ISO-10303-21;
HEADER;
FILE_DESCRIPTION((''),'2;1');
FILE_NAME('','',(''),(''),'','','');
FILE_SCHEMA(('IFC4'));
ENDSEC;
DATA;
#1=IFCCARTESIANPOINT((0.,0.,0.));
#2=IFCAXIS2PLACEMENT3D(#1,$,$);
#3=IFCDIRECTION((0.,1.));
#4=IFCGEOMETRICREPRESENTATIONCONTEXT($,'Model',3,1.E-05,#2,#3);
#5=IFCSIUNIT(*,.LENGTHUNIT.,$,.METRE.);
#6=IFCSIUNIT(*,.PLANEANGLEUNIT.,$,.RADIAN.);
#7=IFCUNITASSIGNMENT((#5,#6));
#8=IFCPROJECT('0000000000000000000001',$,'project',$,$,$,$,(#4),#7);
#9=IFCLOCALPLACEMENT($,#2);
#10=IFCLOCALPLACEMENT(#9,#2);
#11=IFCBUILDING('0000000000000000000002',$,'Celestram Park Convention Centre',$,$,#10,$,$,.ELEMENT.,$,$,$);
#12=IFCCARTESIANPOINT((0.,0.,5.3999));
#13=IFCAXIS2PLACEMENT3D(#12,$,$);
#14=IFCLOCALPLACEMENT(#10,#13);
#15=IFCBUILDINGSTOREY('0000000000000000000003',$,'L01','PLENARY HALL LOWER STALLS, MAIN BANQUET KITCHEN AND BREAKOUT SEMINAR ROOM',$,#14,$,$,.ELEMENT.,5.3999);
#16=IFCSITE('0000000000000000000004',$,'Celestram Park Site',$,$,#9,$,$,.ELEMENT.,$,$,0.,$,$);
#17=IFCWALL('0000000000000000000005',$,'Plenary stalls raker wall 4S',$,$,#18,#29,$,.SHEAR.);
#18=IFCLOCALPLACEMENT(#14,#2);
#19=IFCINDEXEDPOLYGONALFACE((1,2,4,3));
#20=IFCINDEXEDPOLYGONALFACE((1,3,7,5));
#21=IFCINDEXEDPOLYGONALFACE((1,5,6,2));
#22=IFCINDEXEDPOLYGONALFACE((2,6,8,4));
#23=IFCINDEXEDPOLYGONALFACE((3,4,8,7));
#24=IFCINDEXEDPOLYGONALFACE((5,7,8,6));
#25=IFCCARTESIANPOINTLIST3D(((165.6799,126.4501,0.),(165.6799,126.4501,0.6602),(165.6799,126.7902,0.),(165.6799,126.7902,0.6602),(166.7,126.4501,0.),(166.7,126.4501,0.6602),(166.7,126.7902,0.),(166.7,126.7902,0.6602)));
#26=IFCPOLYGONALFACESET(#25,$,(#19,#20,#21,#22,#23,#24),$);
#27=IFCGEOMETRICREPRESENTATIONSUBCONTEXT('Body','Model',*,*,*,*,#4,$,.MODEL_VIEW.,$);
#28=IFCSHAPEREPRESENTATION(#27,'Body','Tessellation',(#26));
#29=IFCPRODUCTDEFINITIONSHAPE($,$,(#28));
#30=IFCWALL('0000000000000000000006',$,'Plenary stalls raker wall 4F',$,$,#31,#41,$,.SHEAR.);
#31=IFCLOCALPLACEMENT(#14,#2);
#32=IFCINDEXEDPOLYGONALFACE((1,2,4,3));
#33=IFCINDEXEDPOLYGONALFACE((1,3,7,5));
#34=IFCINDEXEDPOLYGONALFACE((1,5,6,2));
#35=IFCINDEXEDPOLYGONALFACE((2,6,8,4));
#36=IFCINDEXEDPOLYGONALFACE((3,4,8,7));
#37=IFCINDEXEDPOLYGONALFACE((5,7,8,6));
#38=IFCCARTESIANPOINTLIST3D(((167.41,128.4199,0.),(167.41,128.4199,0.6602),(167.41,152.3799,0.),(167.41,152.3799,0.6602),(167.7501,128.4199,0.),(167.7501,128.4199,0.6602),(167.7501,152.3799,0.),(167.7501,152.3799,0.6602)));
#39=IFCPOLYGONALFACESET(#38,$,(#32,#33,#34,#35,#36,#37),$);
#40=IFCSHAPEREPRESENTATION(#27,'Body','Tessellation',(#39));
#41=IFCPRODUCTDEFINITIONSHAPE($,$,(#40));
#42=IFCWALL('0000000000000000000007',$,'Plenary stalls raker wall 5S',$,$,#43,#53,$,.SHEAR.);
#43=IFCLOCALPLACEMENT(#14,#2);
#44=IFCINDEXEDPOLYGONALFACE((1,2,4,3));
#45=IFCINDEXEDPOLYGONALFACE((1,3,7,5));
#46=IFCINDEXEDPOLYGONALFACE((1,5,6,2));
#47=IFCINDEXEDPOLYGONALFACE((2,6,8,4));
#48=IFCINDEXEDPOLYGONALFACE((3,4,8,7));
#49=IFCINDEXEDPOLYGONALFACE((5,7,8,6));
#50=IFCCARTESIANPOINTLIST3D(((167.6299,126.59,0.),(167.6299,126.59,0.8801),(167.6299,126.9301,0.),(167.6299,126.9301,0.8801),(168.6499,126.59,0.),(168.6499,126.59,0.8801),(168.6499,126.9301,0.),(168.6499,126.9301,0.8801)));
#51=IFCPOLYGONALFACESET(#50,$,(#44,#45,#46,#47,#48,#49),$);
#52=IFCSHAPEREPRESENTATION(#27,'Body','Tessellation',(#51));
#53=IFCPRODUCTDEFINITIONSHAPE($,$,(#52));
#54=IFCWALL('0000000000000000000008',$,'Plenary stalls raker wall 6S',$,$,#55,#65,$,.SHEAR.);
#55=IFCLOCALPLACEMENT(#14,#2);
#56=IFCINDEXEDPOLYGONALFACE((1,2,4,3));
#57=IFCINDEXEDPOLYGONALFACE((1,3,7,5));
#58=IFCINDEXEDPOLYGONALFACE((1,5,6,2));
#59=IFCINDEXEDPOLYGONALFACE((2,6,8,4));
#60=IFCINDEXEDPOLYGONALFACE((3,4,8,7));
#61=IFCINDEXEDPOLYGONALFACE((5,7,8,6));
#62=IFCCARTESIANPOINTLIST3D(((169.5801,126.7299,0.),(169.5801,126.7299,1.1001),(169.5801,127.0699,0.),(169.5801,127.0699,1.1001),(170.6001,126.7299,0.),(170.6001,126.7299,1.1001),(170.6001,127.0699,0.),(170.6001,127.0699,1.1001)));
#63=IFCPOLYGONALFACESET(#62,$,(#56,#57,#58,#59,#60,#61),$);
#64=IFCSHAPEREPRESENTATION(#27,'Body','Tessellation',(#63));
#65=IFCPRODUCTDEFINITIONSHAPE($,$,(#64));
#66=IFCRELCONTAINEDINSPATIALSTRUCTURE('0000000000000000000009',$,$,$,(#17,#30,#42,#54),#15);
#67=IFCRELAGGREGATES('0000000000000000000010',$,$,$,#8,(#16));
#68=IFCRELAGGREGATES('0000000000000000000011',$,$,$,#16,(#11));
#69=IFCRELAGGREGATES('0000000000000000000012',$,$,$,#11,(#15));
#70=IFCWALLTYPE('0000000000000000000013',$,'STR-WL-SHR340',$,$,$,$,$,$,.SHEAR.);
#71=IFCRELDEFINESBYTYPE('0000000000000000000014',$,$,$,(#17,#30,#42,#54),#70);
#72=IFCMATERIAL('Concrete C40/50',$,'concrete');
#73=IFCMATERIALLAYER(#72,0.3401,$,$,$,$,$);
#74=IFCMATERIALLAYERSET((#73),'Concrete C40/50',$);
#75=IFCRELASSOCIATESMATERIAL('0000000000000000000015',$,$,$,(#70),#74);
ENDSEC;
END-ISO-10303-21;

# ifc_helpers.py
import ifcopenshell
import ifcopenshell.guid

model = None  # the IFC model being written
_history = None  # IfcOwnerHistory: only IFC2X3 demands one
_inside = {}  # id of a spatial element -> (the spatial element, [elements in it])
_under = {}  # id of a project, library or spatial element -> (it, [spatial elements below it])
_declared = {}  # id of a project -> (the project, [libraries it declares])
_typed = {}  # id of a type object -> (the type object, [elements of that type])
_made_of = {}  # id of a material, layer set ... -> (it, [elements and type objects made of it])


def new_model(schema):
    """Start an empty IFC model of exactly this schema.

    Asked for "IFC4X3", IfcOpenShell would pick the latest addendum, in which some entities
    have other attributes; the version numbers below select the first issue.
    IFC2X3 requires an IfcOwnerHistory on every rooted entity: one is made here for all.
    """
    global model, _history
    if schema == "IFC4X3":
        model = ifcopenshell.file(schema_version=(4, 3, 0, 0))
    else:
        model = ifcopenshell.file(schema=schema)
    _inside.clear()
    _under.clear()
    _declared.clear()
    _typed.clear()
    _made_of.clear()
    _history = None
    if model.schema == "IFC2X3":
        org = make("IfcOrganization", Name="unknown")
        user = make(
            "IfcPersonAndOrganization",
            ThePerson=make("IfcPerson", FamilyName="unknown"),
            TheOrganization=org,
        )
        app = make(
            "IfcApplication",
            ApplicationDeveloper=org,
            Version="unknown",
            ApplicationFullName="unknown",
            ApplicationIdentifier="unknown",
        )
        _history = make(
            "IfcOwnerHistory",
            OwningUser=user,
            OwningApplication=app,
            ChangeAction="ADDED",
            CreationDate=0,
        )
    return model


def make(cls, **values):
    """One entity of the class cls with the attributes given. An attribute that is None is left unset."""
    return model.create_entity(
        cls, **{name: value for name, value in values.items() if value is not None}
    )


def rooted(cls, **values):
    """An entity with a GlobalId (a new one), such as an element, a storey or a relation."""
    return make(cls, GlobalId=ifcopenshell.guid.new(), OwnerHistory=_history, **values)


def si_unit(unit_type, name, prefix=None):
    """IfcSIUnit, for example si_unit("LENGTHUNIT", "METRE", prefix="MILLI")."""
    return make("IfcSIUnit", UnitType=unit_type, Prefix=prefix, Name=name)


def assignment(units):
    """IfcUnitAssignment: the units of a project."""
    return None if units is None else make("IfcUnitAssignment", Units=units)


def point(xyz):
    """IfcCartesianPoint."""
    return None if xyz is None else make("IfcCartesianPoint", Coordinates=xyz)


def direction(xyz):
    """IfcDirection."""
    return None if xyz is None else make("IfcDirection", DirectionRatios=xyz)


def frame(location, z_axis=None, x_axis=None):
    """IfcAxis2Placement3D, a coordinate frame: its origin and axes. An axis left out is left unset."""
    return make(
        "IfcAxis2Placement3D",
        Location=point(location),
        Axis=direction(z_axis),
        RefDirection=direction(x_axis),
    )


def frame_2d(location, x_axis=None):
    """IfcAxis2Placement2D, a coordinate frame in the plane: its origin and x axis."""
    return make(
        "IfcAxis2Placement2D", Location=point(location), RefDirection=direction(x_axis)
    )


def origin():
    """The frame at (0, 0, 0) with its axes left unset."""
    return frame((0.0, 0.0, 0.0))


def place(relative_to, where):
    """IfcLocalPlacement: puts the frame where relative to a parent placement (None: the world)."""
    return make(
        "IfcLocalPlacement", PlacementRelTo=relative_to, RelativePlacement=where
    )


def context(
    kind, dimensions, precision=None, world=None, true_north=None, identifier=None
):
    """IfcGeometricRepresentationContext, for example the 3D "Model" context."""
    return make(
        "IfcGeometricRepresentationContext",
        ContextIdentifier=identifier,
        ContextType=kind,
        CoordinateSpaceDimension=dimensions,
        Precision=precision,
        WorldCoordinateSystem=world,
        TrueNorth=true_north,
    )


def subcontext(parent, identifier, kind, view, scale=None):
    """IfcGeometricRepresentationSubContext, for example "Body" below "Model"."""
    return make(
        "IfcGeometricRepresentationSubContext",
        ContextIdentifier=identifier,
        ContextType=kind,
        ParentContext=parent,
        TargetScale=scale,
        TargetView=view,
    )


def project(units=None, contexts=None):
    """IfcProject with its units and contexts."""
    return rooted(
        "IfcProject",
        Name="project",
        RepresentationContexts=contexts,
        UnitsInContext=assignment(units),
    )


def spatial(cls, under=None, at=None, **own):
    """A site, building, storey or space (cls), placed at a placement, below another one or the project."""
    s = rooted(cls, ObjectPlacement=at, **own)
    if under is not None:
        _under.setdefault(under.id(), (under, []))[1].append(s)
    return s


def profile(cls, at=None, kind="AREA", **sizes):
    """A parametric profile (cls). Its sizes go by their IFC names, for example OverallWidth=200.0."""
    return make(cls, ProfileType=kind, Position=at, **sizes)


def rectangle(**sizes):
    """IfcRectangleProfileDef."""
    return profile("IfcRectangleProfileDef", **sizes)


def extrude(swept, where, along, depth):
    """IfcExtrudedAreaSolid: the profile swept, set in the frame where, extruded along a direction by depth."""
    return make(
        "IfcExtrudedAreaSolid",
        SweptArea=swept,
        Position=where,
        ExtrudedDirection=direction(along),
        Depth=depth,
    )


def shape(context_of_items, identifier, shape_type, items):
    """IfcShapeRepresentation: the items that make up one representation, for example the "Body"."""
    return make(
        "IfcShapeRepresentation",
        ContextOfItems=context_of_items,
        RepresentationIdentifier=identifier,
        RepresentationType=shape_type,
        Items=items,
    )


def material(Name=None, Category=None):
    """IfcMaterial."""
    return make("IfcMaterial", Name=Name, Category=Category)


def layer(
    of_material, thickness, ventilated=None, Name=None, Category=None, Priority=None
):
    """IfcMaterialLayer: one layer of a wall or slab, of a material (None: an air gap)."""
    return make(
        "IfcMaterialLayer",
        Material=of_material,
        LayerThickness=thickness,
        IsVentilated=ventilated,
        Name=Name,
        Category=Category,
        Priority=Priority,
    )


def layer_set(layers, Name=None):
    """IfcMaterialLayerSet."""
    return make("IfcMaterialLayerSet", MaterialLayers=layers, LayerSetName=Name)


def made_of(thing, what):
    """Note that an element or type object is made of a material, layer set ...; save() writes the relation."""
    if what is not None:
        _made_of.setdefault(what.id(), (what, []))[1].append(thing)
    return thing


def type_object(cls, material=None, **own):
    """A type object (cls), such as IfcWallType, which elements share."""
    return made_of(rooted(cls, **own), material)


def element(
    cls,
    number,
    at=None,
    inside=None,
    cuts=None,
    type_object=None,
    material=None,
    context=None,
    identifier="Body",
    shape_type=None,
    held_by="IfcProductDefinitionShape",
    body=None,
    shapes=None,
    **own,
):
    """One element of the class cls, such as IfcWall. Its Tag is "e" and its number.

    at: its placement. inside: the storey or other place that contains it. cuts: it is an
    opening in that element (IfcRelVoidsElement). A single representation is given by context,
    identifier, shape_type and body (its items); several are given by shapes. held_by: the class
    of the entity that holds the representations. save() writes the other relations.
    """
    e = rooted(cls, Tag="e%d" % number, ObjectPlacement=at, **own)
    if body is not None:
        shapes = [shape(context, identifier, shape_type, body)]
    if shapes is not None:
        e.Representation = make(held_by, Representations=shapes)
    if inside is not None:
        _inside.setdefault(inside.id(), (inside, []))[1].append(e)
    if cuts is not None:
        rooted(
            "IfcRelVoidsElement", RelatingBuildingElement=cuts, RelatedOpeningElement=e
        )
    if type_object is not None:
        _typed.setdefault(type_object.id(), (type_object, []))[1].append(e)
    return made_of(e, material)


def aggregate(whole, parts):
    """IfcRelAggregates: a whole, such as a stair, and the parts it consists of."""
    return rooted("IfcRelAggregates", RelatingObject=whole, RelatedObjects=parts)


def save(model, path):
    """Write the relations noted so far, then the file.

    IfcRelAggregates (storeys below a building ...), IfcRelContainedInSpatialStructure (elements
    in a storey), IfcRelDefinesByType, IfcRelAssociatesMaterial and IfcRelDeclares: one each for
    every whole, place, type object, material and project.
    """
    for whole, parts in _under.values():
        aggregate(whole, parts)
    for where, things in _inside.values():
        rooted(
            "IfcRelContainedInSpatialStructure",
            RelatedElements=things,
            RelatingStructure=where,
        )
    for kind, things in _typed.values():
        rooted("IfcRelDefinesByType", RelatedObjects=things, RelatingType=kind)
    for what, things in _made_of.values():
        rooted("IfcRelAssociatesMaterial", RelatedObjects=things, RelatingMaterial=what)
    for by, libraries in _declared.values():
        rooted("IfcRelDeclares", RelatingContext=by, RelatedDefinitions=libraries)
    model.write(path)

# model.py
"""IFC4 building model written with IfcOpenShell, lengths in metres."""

from ifc_helpers import new_model, si_unit, direction, frame, frame_2d, origin, place, context, subcontext, project, spatial, rectangle, extrude, material, layer, layer_set, type_object, element, save


model = new_model("IFC4")

# Units and contexts
model_context = context("Model", 3, precision=1e-05, world=origin(), true_north=direction((0.0, 1.0)))
body_context = subcontext(model_context, "Body", "Model", "MODEL_VIEW")
ifc_project = project(units=[si_unit("LENGTHUNIT", "METRE"), si_unit("PLANEANGLEUNIT", "RADIAN")], contexts=[model_context])

# Site, building, storey
site_placement = place(None, origin())
site = spatial("IfcSite", under=ifc_project, at=site_placement, Name="Celestram Park Site", CompositionType="ELEMENT", RefElevation=0.0)
building_placement = place(site_placement, origin())
building = spatial("IfcBuilding", under=site, at=building_placement, Name="Celestram Park Convention Centre", CompositionType="ELEMENT")
storey_placement = place(building_placement, frame((0.0, 0.0, 5.3999)))
storey = spatial("IfcBuildingStorey", under=building, at=storey_placement, Name="L01", Description="PLENARY HALL LOWER STALLS, MAIN BANQUET KITCHEN AND BREAKOUT SEMINAR ROOM", CompositionType="ELEMENT", Elevation=5.3999)

# Walls
ifc_material_1 = material(Name="Concrete C40/50", Category="concrete")
ifc_layer_1 = layer(ifc_material_1, 0.3401)
ifc_layer_set_1 = layer_set([ifc_layer_1], Name="Concrete C40/50")
wall_type_1 = type_object("IfcWallType", Name="STR-WL-SHR340", PredefinedType="SHEAR", material=ifc_layer_set_1)
wall_1_placement = place(storey_placement, frame((165.6799, 126.6201, 0.0), z_axis=(0.0, 0.0, 1.0), x_axis=(1.0, 0.0, 0.0)))
element("IfcWall", 1, at=wall_1_placement, inside=storey, type_object=wall_type_1, Name="Plenary stalls raker wall 4S", PredefinedType="SHEAR", context=body_context, shape_type="SweptSolid", body=[
    extrude(rectangle(XDim=1.02, YDim=0.3401, at=frame_2d((0.51, 0.0))), origin(), (0.0, 0.0, 1.0), 0.6602),
])
wall_2_placement = place(storey_placement, frame((167.5801, 128.4199, 0.0), z_axis=(0.0, 0.0, 1.0), x_axis=(0.0, 1.0, 0.0)))
element("IfcWall", 2, at=wall_2_placement, inside=storey, type_object=wall_type_1, Name="Plenary stalls raker wall 4F", PredefinedType="SHEAR", context=body_context, shape_type="SweptSolid", body=[
    extrude(rectangle(XDim=23.96, YDim=0.3401, at=frame_2d((11.98, 0.0))), origin(), (0.0, 0.0, 1.0), 0.6602),
])
wall_3_placement = place(storey_placement, frame((167.6299, 126.76, 0.0), z_axis=(0.0, 0.0, 1.0), x_axis=(1.0, 0.0, 0.0)))
element("IfcWall", 3, at=wall_3_placement, inside=storey, type_object=wall_type_1, Name="Plenary stalls raker wall 5S", PredefinedType="SHEAR", context=body_context, shape_type="SweptSolid", body=[
    extrude(rectangle(XDim=1.02, YDim=0.3401, at=frame_2d((0.51, 0.0))), origin(), (0.0, 0.0, 1.0), 0.8801),
])
wall_4_placement = place(storey_placement, frame((169.5801, 126.8999, 0.0), z_axis=(0.0, 0.0, 1.0), x_axis=(1.0, 0.0, 0.0)))
element("IfcWall", 4, at=wall_4_placement, inside=storey, type_object=wall_type_1, Name="Plenary stalls raker wall 6S", PredefinedType="SHEAR", context=body_context, shape_type="SweptSolid", body=[
    extrude(rectangle(XDim=1.02, YDim=0.3401, at=frame_2d((0.51, 0.0))), origin(), (0.0, 0.0, 1.0), 1.1001),
])

save(model, "model.ifc")
